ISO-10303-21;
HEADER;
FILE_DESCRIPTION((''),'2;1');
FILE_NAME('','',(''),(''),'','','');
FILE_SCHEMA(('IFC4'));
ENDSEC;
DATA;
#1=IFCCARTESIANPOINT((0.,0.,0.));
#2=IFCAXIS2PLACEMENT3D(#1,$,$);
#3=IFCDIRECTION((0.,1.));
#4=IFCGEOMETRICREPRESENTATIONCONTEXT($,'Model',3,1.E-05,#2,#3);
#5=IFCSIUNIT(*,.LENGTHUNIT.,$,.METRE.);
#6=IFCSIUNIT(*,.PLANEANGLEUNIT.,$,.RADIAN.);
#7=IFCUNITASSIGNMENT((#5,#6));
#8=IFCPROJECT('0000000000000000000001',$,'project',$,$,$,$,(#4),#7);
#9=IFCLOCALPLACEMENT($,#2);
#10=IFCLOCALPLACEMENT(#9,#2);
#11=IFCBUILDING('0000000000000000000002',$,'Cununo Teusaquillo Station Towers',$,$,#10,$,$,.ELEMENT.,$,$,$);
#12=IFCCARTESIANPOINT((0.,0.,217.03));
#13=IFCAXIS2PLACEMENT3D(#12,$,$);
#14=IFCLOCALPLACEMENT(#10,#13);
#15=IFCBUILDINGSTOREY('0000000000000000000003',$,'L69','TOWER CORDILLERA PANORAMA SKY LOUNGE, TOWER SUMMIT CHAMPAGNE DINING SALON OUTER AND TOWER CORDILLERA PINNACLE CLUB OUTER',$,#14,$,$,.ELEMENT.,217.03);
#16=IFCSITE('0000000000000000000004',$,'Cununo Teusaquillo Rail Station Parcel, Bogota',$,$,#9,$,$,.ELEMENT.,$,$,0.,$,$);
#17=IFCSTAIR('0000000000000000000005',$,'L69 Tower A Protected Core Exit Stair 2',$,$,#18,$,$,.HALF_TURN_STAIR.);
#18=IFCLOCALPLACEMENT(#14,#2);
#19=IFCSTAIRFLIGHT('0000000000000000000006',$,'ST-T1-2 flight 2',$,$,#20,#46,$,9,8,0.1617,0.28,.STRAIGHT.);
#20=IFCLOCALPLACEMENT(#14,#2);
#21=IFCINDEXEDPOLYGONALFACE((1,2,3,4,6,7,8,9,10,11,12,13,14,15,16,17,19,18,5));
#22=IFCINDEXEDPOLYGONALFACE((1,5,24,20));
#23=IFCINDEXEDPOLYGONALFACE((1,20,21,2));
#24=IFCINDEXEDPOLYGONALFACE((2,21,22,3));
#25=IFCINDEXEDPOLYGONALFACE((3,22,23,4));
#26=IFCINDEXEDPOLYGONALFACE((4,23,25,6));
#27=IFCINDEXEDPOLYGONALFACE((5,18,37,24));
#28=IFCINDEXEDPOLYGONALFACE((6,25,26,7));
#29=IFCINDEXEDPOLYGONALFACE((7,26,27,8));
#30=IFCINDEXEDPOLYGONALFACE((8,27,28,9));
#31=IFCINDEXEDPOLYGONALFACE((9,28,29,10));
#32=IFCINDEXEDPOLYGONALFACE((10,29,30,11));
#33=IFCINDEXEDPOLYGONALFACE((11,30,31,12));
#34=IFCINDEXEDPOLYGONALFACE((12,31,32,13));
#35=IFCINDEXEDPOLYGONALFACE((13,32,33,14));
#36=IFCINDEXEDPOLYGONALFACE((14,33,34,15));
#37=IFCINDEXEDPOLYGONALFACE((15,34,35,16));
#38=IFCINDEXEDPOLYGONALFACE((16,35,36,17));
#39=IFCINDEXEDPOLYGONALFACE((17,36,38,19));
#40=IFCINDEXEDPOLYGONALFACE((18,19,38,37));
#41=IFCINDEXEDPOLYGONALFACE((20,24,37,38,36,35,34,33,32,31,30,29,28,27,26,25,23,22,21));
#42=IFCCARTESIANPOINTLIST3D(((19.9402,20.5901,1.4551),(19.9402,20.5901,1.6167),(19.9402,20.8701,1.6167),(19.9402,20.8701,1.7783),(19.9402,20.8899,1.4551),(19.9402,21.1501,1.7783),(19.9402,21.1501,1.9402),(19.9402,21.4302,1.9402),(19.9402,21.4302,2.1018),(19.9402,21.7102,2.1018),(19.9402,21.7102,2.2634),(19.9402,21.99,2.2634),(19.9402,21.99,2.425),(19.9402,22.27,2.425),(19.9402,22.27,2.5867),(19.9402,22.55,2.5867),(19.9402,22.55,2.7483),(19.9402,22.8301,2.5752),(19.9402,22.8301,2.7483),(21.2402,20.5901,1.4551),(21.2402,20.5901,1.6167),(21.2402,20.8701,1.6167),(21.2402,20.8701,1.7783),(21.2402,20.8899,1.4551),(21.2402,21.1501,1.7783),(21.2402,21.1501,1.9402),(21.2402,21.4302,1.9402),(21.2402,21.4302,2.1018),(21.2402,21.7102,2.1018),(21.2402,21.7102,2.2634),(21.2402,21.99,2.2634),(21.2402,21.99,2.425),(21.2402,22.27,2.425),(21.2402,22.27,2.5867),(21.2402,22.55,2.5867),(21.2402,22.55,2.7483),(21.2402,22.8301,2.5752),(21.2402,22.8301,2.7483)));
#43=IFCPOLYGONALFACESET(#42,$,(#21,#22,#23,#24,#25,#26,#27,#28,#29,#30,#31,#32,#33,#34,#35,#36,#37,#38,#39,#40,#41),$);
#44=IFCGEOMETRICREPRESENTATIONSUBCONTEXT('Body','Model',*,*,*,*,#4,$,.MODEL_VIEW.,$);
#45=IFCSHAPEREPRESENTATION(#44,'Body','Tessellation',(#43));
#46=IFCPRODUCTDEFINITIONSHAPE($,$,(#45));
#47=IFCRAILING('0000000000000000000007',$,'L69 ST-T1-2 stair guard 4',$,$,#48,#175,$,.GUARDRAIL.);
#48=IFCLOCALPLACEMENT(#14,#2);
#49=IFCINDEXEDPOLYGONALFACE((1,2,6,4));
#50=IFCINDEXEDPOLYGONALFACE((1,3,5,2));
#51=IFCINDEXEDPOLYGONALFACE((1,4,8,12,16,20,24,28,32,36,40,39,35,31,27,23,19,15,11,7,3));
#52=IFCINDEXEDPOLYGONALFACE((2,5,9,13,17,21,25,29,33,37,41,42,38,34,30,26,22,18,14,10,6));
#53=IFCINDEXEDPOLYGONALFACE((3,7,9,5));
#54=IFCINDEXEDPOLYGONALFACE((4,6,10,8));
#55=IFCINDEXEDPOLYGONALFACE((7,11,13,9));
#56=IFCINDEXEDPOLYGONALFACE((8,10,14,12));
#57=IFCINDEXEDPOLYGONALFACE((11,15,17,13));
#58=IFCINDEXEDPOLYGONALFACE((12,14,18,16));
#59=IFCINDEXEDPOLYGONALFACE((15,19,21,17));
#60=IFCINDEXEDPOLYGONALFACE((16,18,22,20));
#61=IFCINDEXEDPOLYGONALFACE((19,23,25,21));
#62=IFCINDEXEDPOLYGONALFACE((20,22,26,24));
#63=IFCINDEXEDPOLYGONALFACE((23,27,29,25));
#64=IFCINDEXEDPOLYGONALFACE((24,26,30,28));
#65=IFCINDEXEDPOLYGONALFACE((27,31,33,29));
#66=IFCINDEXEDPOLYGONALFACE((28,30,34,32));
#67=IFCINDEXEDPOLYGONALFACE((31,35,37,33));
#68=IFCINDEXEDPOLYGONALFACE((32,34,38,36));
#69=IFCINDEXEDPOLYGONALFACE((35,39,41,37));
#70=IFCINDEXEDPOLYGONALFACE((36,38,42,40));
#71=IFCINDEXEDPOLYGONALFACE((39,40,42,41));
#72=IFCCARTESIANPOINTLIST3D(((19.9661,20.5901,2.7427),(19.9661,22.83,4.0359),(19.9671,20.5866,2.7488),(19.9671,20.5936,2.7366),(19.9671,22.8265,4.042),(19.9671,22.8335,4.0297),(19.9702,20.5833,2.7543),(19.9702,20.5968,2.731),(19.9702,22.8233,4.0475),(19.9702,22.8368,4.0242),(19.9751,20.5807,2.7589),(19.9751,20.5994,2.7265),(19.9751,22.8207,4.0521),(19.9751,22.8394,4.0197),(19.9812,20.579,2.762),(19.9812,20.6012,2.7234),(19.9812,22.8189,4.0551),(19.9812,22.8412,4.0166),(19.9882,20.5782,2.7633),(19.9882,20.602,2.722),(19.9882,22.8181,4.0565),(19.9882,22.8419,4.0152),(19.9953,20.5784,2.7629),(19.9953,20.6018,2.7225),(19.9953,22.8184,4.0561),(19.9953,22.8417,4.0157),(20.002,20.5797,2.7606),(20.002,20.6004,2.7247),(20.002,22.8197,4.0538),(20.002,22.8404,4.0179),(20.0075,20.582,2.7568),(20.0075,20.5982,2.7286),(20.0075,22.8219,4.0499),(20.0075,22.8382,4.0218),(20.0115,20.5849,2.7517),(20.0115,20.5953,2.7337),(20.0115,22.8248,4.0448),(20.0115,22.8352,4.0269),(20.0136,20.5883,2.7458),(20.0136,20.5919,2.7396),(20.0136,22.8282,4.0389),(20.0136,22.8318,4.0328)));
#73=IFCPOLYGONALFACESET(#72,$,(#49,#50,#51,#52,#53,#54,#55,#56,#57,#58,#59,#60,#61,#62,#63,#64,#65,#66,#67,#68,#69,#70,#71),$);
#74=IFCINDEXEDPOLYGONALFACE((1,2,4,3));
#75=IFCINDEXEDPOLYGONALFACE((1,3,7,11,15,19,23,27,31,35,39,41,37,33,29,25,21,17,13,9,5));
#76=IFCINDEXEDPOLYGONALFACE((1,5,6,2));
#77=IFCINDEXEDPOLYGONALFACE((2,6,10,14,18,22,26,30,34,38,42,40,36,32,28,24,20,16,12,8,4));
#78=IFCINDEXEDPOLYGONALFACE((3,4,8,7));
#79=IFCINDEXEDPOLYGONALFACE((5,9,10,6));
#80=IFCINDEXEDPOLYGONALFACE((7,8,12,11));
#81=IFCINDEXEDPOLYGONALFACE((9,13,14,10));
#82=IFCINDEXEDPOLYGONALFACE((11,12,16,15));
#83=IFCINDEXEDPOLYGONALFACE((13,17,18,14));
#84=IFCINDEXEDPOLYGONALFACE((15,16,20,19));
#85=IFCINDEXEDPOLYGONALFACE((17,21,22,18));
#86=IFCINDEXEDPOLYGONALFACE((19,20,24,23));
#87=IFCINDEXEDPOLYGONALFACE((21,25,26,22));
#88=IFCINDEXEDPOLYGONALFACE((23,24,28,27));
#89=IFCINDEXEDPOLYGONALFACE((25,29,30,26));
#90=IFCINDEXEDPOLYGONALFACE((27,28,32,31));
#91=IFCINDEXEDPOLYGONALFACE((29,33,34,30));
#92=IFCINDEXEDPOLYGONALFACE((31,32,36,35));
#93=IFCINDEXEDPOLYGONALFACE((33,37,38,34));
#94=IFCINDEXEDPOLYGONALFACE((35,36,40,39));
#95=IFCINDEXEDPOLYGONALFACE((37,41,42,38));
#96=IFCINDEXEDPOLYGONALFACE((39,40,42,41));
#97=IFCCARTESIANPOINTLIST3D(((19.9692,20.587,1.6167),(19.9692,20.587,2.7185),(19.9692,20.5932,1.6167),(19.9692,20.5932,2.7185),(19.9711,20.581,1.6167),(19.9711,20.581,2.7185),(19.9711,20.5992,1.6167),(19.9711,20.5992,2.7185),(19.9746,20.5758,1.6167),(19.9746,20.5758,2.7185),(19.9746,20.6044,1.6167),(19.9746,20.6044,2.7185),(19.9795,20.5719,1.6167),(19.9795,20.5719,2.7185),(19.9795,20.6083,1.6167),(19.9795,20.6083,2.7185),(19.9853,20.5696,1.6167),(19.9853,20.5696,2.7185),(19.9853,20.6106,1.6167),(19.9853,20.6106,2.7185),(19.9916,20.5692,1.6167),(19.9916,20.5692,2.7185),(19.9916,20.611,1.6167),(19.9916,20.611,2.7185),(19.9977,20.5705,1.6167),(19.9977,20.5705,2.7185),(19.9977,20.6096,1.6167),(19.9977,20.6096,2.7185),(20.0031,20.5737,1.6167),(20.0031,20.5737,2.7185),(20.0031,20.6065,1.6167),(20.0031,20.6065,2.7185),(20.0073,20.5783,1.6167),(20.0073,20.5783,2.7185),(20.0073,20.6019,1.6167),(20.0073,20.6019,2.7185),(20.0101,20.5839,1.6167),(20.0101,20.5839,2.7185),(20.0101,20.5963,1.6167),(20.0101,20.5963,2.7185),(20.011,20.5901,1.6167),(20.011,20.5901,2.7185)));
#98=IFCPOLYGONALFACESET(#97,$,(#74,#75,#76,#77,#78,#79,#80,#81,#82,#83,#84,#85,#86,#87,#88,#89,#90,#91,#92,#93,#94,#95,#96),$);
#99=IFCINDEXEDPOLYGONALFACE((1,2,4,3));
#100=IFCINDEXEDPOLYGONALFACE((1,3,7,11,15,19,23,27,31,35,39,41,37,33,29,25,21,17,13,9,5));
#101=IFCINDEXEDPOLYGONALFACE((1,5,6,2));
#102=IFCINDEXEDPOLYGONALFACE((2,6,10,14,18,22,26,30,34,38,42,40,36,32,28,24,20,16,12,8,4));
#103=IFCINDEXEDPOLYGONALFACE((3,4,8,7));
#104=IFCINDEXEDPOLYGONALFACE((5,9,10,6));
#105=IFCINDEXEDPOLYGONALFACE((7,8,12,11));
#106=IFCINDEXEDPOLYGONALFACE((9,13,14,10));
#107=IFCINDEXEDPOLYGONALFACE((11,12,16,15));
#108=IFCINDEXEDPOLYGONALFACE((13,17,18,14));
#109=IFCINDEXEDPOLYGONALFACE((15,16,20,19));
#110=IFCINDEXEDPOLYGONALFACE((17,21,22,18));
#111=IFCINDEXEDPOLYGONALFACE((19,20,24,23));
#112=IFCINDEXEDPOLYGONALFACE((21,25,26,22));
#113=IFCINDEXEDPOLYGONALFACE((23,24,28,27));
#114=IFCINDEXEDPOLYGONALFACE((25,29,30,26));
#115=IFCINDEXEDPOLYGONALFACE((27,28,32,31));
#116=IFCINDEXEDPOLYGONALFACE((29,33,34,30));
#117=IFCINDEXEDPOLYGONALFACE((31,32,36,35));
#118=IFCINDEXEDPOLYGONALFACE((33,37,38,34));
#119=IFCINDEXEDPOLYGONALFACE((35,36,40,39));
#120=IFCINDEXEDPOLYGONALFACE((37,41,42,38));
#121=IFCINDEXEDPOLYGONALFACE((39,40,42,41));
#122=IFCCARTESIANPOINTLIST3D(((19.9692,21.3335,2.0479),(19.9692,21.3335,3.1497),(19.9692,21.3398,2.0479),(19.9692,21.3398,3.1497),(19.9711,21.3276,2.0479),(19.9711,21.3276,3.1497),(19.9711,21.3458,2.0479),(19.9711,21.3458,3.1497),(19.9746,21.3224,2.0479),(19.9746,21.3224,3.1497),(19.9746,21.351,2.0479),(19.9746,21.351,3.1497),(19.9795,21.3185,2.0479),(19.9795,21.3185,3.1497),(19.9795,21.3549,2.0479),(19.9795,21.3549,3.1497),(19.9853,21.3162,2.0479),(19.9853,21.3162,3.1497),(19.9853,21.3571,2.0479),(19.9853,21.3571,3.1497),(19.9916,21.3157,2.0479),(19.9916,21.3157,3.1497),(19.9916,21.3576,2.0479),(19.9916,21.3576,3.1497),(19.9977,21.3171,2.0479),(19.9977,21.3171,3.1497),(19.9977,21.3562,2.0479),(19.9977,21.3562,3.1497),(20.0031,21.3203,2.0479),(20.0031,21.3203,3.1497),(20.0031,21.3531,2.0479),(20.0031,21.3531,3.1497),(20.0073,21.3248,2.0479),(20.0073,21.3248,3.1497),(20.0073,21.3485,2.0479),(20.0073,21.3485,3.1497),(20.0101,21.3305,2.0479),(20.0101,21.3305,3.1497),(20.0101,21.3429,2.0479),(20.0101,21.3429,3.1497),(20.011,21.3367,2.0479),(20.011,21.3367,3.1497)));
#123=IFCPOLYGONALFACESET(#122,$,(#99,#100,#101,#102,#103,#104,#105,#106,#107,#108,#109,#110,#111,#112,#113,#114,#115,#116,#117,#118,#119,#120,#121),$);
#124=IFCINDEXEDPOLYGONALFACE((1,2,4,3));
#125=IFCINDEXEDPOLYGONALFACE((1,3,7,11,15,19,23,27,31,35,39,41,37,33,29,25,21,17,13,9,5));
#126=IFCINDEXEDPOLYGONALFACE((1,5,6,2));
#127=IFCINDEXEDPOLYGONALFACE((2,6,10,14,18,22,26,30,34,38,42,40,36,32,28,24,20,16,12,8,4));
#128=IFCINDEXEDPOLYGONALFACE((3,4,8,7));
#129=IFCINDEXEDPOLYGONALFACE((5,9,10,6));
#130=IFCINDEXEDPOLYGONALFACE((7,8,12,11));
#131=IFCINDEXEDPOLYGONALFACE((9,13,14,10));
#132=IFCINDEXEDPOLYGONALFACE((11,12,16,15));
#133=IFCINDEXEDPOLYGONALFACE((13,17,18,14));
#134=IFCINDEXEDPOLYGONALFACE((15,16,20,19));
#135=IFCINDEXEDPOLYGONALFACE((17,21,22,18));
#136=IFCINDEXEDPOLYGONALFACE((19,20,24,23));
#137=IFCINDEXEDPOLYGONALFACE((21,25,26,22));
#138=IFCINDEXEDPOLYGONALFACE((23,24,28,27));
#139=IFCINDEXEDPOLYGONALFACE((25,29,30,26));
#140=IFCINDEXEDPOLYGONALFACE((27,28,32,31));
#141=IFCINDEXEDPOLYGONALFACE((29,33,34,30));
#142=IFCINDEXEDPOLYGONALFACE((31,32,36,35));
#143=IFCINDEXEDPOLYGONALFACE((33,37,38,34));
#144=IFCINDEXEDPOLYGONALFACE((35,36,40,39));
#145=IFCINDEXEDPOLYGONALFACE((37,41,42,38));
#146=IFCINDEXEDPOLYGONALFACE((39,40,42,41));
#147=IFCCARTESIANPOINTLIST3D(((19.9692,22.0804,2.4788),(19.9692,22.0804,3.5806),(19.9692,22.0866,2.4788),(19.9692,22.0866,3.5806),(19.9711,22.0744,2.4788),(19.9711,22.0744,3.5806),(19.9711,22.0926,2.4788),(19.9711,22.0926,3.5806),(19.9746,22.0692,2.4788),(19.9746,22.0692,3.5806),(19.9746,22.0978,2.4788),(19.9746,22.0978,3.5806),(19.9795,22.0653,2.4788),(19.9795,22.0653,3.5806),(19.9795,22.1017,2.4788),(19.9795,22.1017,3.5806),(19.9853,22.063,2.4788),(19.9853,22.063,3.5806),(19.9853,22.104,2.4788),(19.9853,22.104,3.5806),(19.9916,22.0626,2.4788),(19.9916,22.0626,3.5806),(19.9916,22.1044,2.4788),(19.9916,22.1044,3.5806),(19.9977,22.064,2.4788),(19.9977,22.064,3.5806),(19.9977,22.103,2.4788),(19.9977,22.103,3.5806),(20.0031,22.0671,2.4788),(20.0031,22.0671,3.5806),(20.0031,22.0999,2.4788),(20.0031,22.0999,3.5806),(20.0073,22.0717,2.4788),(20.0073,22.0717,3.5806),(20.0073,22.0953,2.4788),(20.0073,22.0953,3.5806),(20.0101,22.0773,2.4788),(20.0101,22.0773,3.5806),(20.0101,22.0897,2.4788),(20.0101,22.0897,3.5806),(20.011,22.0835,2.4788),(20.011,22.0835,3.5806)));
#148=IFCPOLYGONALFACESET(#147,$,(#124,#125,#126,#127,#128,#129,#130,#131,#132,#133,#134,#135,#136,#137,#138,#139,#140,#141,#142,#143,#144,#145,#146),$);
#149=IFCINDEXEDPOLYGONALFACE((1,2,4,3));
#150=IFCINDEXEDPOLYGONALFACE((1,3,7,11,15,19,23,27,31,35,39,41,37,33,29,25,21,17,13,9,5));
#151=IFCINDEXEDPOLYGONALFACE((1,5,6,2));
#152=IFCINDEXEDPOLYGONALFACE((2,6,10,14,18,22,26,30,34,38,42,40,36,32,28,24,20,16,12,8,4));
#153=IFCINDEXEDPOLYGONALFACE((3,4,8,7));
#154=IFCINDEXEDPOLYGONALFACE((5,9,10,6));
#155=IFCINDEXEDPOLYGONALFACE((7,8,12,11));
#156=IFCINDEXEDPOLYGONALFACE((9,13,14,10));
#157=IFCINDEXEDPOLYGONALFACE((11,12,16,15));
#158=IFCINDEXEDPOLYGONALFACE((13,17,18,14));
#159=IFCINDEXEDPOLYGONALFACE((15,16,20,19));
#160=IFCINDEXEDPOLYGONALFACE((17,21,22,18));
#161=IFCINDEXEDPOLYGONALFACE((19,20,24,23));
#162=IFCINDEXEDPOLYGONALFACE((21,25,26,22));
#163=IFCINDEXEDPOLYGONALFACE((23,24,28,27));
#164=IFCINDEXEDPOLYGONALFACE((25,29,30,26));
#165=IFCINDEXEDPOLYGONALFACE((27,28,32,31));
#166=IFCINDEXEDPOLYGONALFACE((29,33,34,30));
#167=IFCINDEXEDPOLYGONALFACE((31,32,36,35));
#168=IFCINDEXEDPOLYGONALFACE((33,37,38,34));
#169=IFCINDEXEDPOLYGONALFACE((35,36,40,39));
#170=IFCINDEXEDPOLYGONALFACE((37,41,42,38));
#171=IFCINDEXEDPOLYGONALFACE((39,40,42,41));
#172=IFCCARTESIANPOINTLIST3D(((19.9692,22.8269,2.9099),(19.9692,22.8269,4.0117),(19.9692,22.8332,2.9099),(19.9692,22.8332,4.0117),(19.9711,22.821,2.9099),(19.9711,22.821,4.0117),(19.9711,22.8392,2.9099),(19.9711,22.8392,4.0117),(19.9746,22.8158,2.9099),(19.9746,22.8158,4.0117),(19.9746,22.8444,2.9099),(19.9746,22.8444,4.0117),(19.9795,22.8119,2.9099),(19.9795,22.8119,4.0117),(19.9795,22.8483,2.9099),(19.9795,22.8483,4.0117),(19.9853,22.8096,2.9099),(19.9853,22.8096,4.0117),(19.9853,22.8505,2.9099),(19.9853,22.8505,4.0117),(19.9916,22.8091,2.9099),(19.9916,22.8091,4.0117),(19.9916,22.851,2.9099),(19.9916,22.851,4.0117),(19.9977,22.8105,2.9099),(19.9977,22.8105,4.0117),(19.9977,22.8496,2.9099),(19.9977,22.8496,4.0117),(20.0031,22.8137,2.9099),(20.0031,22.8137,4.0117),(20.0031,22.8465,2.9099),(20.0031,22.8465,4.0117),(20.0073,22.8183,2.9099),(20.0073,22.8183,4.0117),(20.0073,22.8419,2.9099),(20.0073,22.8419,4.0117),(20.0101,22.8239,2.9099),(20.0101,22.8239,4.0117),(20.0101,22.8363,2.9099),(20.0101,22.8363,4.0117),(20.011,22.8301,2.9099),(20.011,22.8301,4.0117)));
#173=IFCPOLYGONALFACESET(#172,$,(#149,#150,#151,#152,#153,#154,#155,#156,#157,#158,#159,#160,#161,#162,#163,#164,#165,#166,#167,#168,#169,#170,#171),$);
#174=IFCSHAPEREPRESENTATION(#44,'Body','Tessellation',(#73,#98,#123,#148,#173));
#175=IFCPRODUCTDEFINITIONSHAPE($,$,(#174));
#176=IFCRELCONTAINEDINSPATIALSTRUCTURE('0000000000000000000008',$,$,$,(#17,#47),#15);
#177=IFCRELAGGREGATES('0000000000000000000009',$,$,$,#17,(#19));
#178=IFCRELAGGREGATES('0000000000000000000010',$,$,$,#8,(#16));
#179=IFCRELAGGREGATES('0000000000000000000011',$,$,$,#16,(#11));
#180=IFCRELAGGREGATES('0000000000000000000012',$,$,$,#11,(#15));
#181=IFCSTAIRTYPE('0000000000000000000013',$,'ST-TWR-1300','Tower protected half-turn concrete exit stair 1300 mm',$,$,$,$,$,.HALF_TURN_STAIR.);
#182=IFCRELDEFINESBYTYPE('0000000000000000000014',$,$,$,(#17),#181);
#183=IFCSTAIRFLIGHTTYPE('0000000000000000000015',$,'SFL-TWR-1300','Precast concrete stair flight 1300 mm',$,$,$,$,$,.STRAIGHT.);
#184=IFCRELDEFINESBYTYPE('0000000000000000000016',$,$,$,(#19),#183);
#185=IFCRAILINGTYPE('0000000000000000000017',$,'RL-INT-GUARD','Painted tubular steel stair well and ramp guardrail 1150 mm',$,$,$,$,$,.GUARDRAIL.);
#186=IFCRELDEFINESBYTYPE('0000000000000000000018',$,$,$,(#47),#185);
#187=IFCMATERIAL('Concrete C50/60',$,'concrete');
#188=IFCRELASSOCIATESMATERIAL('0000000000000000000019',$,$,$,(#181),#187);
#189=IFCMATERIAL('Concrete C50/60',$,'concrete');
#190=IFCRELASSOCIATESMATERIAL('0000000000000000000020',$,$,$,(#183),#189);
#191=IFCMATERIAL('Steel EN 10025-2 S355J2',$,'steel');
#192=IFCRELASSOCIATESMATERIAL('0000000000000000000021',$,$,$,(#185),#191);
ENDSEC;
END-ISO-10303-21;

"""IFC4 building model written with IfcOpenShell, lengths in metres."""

from ifc_helpers import new_model, si_unit, direction, frame, origin, origin_2d, place, context, subcontext, project, spatial, polyline, circle, outline, extrude, material, type_object, element, aggregate, save


model = new_model("IFC4")

# Units and contexts
model_context = context("Model", 3, precision=1e-05, world=origin(), true_north=direction((0.0, 1.0)))
body_context = subcontext(model_context, "Body", "Model", "MODEL_VIEW")
ifc_project = project(units=[si_unit("LENGTHUNIT", "METRE"), si_unit("PLANEANGLEUNIT", "RADIAN")], contexts=[model_context])

# Site, building, storey
site_placement = place(None, origin())
site = spatial("IfcSite", under=ifc_project, at=site_placement, Name="Cununo Teusaquillo Rail Station Parcel, Bogota", CompositionType="ELEMENT", RefElevation=0.0)
building_placement = place(site_placement, origin())
building = spatial("IfcBuilding", under=site, at=building_placement, Name="Cununo Teusaquillo Station Towers", CompositionType="ELEMENT")
storey_placement = place(building_placement, frame((0.0, 0.0, 217.03)))
storey = spatial("IfcBuildingStorey", under=building, at=storey_placement, Name="L69", Description="TOWER CORDILLERA PANORAMA SKY LOUNGE, TOWER SUMMIT CHAMPAGNE DINING SALON OUTER AND TOWER CORDILLERA PINNACLE CLUB OUTER", CompositionType="ELEMENT", Elevation=217.03)

# Stair, stair flight
ifc_material_1 = material(Name="Concrete C50/60", Category="concrete")
stair_type = type_object("IfcStairType", Name="ST-TWR-1300", Description="Tower protected half-turn concrete exit stair 1300 mm", PredefinedType="HALF_TURN_STAIR", material=ifc_material_1)
stair_placement = place(storey_placement, origin())
stair = element("IfcStair", 1, at=stair_placement, inside=storey, type_object=stair_type, Name="L69 Tower A Protected Core Exit Stair 2", PredefinedType="HALF_TURN_STAIR")
ifc_material_2 = material(Name="Concrete C50/60", Category="concrete")
stair_flight_type = type_object("IfcStairFlightType", Name="SFL-TWR-1300", Description="Precast concrete stair flight 1300 mm", PredefinedType="STRAIGHT", material=ifc_material_2)
stair_flight_placement = place(storey_placement, frame((20.5901, 20.5901, 1.4551), z_axis=(0.0, 0.0, 1.0), x_axis=(0.0, 1.0, 0.0)))
stair_flight = element("IfcStairFlight", 2, at=stair_flight_placement, type_object=stair_flight_type, Name="ST-T1-2 flight 2", NumberOfRisers=9, NumberOfTreads=8, PredefinedType="STRAIGHT", RiserHeight=0.1617, TreadLength=0.28, context=body_context, shape_type="SweptSolid", body=[
    extrude(outline(polyline([(0.0, 0.0), (0.0, 0.1616), (0.28, 0.1616), (0.28, 0.3232), (0.5601, 0.3232), (0.5601, 0.4851), (0.8401, 0.4851), (0.8401, 0.6467), (1.1201, 0.6467), (1.1201, 0.8083), (1.3999, 0.8083), (1.3999, 0.97), (1.6799, 0.97), (1.6799, 1.1316), (1.96, 1.1316), (1.96, 1.2932), (2.24, 1.2932), (2.24, 1.4551), (2.24, 1.1201), (0.2998, 0.0), (0.0, 0.0)])), frame((0.0, 0.6499, 0.0), z_axis=(0.0, -1.0, 0.0), x_axis=(1.0, 0.0, 0.0)), (0.0, 0.0, 1.0), 1.3),
])
aggregate(stair, [stair_flight])

# Railing
ifc_material_3 = material(Name="Steel EN 10025-2 S355J2", Category="steel")
railing_type_1 = type_object("IfcRailingType", Name="RL-INT-GUARD", Description="Painted tubular steel stair well and ramp guardrail 1150 mm", PredefinedType="GUARDRAIL", material=ifc_material_3)
railing_1_placement = place(storey_placement, frame((19.99, 20.5901, 1.6167)))
element("IfcRailing", 3, at=railing_1_placement, inside=storey, type_object=railing_type_1, Name="L69 ST-T1-2 stair guard 4", PredefinedType="GUARDRAIL", context=body_context, shape_type="SweptSolid", body=[
    extrude(circle(Radius=0.0239, at=origin_2d()), frame((0.0, 0.0, 1.126), z_axis=(0.0, 0.866033, 0.499987), x_axis=(-1.0, 0.0, 0.0)), (0.0, 0.0, 1.0), 2.5864),
    extrude(circle(Radius=0.021, at=origin_2d()), origin(), (0.0, 0.0, 1.0), 1.1018),
    extrude(circle(Radius=0.021, at=origin_2d()), frame((0.0, 0.7466, 0.4312)), (0.0, 0.0, 1.0), 1.1018),
    extrude(circle(Radius=0.021, at=origin_2d()), frame((0.0, 1.4934, 0.8621)), (0.0, 0.0, 1.0), 1.1018),
    extrude(circle(Radius=0.021, at=origin_2d()), frame((0.0, 2.24, 1.2932)), (0.0, 0.0, 1.0), 1.1018),
])

save(model, "model.ifc")
